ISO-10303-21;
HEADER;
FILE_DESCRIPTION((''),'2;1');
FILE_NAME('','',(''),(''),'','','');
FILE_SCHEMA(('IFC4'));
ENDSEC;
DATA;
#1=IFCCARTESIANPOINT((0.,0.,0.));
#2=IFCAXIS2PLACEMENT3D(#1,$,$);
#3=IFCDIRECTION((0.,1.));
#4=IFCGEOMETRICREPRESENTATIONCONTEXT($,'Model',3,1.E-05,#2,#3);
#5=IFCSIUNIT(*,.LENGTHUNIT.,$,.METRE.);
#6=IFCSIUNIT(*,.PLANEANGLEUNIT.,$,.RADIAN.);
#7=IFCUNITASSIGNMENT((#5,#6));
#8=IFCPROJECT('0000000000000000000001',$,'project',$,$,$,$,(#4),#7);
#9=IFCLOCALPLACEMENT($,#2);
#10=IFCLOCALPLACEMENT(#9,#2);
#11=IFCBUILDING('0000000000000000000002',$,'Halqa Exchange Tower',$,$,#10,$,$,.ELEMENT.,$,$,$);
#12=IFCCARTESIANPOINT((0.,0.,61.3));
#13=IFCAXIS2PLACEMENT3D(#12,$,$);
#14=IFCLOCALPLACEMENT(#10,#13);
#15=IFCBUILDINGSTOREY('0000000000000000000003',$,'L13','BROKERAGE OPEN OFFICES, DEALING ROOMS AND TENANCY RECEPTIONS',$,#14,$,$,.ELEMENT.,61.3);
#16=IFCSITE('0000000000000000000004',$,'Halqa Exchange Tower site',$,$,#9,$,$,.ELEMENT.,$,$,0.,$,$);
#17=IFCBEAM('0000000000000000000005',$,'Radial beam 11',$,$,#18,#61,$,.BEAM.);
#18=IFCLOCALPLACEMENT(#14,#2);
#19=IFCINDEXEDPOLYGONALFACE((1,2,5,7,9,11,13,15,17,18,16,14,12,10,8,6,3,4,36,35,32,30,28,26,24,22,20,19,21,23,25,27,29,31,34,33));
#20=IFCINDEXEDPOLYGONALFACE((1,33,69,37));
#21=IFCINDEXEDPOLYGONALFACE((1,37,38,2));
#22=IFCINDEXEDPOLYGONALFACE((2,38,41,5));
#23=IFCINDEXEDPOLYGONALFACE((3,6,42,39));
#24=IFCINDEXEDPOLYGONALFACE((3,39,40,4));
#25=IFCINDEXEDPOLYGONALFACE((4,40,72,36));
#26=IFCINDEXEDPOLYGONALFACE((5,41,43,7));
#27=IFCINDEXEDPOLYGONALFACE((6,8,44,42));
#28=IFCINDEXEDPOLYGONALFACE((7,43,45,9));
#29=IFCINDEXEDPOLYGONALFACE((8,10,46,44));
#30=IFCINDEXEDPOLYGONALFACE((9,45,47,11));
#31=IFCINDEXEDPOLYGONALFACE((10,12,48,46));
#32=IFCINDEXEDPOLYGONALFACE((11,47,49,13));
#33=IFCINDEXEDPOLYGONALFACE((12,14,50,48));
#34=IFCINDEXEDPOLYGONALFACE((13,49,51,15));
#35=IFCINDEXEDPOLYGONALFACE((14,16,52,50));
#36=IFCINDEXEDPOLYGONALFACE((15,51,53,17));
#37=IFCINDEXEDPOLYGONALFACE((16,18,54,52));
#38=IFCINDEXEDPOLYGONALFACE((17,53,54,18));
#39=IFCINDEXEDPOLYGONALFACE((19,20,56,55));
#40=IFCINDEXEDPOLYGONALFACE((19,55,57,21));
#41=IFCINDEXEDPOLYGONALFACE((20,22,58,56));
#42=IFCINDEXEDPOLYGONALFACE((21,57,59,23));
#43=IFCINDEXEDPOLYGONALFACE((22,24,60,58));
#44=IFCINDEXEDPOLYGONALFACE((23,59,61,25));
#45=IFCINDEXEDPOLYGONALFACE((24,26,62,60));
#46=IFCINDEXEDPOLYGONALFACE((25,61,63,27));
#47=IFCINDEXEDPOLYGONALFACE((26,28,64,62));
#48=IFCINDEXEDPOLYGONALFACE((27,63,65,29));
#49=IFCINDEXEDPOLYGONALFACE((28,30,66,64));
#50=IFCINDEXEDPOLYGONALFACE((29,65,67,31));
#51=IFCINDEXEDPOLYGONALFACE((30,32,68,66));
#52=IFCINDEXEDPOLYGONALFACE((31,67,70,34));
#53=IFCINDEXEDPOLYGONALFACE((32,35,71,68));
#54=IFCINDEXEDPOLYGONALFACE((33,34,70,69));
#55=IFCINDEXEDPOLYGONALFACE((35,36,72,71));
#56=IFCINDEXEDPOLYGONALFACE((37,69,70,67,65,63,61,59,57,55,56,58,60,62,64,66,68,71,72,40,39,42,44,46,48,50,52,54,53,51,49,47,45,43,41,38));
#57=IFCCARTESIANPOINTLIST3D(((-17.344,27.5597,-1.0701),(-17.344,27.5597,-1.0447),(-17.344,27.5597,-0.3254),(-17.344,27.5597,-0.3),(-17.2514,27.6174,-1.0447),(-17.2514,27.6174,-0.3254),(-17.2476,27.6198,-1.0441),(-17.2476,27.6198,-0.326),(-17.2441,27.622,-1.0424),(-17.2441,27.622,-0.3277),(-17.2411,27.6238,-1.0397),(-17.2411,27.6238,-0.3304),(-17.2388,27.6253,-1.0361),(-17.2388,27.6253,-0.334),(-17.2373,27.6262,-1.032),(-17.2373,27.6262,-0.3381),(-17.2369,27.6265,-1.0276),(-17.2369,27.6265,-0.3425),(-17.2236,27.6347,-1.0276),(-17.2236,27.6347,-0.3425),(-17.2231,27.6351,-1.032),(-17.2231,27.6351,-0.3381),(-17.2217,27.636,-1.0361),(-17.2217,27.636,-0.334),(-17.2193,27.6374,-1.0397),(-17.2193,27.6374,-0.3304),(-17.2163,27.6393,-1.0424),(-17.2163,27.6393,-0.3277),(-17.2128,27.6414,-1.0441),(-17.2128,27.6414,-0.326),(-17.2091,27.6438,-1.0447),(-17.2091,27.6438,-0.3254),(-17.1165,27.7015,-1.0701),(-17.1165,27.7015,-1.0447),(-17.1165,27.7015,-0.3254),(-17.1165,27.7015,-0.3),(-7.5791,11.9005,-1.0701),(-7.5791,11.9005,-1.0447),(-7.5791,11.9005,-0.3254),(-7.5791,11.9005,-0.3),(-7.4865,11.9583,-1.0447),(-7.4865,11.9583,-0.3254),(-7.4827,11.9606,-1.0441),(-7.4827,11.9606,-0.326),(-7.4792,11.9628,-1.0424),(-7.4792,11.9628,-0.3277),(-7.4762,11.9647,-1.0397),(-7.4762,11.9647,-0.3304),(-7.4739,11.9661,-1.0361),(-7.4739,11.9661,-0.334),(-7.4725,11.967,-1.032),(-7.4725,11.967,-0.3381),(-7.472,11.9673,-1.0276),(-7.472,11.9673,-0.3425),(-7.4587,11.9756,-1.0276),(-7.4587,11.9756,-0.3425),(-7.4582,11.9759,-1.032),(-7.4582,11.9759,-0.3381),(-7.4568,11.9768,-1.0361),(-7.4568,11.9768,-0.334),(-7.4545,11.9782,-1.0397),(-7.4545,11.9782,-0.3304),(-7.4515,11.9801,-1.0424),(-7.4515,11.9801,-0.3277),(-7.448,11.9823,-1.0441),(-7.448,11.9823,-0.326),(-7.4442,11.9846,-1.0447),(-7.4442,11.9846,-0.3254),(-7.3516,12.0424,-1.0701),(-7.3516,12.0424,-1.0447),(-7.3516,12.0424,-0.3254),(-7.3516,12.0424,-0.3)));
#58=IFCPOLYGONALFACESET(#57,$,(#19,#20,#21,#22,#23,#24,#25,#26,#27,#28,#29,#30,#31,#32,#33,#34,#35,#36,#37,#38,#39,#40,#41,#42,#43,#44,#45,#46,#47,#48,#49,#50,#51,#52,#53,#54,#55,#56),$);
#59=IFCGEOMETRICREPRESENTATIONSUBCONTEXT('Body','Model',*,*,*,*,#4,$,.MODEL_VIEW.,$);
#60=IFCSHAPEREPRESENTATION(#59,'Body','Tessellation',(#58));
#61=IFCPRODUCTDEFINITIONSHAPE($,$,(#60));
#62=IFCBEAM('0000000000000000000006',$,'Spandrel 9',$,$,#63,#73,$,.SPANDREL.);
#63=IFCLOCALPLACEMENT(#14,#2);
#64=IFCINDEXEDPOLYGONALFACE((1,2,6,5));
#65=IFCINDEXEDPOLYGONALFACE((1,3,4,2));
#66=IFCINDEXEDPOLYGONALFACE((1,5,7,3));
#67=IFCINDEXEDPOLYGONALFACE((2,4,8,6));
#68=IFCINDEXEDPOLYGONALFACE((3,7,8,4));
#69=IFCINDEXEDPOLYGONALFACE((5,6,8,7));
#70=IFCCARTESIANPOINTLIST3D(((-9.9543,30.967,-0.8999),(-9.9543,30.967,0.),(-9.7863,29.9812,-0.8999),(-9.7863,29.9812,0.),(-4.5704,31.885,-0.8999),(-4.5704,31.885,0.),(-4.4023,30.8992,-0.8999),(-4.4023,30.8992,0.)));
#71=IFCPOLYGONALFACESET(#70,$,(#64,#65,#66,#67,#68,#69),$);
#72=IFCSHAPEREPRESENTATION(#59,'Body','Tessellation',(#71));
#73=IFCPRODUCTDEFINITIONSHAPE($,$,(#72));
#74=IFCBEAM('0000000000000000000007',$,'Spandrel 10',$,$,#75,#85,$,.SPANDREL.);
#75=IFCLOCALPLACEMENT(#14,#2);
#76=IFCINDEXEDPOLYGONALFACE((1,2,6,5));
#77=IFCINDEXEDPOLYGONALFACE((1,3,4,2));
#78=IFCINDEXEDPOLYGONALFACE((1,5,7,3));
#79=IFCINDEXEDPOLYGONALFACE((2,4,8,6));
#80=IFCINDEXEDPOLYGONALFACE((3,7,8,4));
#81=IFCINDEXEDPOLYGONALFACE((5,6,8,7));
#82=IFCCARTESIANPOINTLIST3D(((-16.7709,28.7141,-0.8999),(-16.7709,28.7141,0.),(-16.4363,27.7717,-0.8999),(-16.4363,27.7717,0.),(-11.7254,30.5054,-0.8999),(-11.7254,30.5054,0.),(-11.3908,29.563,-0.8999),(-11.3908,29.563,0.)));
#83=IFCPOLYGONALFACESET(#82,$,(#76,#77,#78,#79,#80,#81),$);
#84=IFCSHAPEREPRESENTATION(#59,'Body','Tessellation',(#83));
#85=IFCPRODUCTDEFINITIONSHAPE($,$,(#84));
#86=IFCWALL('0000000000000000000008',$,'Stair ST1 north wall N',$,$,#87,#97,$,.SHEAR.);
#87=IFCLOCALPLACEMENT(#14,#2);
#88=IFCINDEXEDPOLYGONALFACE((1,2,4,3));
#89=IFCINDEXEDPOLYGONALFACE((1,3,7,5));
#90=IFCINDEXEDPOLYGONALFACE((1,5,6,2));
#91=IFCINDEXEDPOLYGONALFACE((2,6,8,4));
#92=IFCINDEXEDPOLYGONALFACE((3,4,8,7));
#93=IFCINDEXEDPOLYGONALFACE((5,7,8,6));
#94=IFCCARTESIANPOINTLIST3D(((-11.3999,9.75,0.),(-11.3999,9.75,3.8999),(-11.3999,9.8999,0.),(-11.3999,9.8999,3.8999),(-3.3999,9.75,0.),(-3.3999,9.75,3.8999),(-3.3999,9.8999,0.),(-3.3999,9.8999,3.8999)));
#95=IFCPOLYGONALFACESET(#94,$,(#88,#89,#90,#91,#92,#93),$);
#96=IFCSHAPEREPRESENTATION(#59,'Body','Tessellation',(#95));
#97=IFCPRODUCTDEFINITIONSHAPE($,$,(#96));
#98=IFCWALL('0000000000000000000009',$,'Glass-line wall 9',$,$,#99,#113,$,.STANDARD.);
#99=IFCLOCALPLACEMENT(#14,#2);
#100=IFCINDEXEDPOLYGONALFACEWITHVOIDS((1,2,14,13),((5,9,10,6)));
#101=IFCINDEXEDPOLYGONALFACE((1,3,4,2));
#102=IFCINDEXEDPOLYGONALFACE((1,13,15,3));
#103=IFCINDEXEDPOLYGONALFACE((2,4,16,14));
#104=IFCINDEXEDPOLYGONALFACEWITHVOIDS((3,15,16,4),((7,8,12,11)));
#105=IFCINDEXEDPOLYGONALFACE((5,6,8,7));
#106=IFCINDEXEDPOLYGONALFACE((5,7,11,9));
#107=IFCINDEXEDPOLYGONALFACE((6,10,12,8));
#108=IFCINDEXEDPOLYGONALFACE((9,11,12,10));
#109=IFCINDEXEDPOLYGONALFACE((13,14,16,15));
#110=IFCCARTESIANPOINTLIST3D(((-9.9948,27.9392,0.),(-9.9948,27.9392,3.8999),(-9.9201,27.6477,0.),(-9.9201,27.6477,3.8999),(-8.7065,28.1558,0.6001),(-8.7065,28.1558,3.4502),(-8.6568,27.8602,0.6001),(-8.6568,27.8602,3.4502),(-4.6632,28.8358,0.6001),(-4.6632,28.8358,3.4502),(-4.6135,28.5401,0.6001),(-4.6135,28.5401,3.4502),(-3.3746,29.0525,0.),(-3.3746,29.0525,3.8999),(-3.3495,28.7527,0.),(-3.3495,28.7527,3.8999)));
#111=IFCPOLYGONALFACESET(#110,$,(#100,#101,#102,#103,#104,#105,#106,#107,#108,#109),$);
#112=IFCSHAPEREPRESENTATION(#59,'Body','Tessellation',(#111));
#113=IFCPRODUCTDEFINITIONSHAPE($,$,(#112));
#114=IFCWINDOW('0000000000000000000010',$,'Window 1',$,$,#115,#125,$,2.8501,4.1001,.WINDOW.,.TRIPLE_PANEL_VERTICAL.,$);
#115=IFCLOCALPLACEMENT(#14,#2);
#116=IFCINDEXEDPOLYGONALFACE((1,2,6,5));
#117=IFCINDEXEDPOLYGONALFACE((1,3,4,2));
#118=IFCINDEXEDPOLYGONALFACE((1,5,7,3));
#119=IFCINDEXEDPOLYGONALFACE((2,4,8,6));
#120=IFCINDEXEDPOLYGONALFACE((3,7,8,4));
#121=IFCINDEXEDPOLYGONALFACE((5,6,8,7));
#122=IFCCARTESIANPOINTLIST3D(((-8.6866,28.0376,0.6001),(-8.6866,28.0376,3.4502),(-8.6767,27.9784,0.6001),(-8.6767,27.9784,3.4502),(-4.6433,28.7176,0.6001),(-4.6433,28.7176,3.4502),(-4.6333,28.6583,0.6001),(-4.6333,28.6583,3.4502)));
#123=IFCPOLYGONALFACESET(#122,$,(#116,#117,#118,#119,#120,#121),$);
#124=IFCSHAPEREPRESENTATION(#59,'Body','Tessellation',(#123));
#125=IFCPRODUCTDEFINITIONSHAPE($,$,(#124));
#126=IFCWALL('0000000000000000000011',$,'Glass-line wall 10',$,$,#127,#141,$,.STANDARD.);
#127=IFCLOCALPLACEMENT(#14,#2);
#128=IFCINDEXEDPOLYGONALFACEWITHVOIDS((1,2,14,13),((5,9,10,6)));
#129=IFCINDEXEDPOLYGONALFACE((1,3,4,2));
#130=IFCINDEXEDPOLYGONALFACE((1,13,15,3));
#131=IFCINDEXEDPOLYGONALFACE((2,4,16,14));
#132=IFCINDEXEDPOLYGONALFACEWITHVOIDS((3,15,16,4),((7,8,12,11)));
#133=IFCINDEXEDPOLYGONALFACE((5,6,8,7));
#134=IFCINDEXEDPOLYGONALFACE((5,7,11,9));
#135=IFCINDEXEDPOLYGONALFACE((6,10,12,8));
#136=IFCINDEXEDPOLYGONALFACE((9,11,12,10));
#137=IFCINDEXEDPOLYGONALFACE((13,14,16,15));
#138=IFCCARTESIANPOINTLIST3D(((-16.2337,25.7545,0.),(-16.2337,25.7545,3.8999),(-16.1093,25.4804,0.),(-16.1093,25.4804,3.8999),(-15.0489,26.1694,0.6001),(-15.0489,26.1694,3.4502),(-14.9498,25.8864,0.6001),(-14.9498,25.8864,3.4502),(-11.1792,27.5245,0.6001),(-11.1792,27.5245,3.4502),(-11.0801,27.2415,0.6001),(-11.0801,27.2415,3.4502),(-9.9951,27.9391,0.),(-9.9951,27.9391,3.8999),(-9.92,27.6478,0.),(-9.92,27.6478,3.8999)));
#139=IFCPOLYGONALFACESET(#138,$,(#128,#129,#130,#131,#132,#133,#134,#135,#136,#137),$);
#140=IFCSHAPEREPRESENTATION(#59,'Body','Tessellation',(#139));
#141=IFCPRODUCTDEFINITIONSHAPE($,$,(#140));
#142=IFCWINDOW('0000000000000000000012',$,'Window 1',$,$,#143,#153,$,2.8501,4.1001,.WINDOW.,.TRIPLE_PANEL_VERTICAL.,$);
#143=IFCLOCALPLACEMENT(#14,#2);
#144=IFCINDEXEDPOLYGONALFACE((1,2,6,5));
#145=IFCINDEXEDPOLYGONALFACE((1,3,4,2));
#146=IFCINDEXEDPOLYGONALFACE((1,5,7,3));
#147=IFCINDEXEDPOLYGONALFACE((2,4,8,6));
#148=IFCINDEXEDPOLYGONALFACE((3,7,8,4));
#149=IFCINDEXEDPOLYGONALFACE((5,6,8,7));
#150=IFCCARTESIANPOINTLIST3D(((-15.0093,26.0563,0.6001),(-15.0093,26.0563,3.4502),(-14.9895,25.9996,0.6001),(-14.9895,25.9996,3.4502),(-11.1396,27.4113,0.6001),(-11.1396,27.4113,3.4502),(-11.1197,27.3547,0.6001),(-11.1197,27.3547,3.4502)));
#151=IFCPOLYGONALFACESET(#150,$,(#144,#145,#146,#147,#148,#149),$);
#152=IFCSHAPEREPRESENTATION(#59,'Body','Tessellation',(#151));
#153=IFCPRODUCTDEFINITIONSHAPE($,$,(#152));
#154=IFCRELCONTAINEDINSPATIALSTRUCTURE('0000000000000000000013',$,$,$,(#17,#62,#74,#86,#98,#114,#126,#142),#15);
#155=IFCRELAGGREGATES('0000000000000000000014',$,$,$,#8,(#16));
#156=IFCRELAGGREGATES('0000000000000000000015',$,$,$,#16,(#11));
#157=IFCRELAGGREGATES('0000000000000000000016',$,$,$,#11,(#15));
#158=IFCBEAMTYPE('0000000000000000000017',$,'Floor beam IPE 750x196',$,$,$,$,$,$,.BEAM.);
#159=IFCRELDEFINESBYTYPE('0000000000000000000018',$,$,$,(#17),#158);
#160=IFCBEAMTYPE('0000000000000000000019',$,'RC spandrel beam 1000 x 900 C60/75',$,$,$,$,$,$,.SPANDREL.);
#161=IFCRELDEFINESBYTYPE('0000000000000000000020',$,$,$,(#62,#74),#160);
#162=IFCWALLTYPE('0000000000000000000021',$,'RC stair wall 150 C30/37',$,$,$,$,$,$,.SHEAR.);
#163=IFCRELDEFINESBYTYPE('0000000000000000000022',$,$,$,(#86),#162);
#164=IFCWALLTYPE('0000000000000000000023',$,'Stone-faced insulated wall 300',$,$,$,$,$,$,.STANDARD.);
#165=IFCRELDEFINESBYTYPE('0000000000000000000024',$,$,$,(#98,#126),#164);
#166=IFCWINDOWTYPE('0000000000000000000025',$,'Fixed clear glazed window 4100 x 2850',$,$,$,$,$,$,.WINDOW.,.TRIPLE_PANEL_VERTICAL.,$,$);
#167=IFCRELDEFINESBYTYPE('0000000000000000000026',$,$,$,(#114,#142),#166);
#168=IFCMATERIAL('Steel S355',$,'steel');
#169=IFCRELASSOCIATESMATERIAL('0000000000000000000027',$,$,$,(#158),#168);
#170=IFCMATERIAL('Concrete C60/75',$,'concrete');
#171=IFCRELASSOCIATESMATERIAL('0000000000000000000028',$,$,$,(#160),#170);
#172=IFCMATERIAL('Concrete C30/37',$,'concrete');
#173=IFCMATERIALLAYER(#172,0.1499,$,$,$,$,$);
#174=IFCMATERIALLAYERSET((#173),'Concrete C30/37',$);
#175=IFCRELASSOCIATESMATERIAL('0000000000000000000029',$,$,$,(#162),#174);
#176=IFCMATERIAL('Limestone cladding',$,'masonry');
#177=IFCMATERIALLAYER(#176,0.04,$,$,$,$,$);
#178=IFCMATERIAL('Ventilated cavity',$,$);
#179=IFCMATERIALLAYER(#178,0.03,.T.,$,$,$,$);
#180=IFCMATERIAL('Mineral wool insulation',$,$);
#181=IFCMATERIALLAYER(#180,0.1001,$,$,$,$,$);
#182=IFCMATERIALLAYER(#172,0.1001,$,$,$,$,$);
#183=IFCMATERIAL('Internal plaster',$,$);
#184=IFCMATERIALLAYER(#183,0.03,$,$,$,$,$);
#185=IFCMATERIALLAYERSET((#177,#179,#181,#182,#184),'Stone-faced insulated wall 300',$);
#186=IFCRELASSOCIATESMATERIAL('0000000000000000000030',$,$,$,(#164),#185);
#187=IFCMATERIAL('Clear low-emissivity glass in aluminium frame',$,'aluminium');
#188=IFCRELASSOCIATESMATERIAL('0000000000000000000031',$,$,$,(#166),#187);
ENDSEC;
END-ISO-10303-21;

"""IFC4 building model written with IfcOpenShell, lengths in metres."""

from ifc_helpers import new_model, si_unit, direction, frame, frame_2d, origin, origin_2d, place, context, subcontext, project, spatial, polyline, rectangle, i_section, outline, extrude, material, layer, layer_set, material_profile, profile_set, type_object, element, fill, save


model = new_model("IFC4")

# Units and contexts
model_context = context("Model", 3, precision=1e-05, world=origin(), true_north=direction((0.0, 1.0)))
body_context = subcontext(model_context, "Body", "Model", "MODEL_VIEW")
ifc_project = project(units=[si_unit("LENGTHUNIT", "METRE"), si_unit("PLANEANGLEUNIT", "RADIAN")], contexts=[model_context])

# Site, building, storey
site_placement = place(None, origin())
site = spatial("IfcSite", under=ifc_project, at=site_placement, Name="Halqa Exchange Tower site", CompositionType="ELEMENT", RefElevation=0.0)
building_placement = place(site_placement, origin())
building = spatial("IfcBuilding", under=site, at=building_placement, Name="Halqa Exchange Tower", CompositionType="ELEMENT")
storey_placement = place(building_placement, frame((0.0, 0.0, 61.3)))
storey = spatial("IfcBuildingStorey", under=building, at=storey_placement, Name="L13", Description="BROKERAGE OPEN OFFICES, DEALING ROOMS AND TENANCY RECEPTIONS", CompositionType="ELEMENT", Elevation=61.3)

# Beams
ifc_material_1 = material(Name="Steel S355", Category="steel")
ifc_material_profile_1 = material_profile(ifc_material_1, i_section(OverallWidth=0.2681, OverallDepth=0.77, WebThickness=0.0156, FlangeThickness=0.0254, FilletRadius=0.0171, at=origin_2d()), Name="IPE 750x196")
ifc_profile_set_1 = profile_set([ifc_material_profile_1], Name="Steel S355")
beam_type_1 = type_object("IfcBeamType", Name="Floor beam IPE 750x196", PredefinedType="BEAM", material=ifc_profile_set_1)
beam_1_placement = place(storey_placement, frame((-7.4653, 11.9714, -0.6851), z_axis=(-0.529138, 0.848536, 0.0), x_axis=(-0.848536, -0.529138, 0.0)))
element("IfcBeam", 1, at=beam_1_placement, inside=storey, type_object=beam_type_1, Name="Radial beam 11", PredefinedType="BEAM", context=body_context, shape_type="SweptSolid", body=[
    extrude(i_section(OverallWidth=0.2681, OverallDepth=0.77, WebThickness=0.0156, FlangeThickness=0.0254, FilletRadius=0.0171, at=origin_2d()), origin(), (0.0, 0.0, 1.0), 18.4543),
])
ifc_material_2 = material(Name="Concrete C60/75", Category="concrete")
ifc_material_profile_2 = material_profile(ifc_material_2, rectangle(XDim=1.0, YDim=0.8999, at=origin_2d()), Name="1000 x 900")
ifc_profile_set_2 = profile_set([ifc_material_profile_2], Name="Concrete C60/75")
beam_type_2 = type_object("IfcBeamType", Name="RC spandrel beam 1000 x 900 C60/75", PredefinedType="SPANDREL", material=ifc_profile_set_2)
beam_2_placement = place(storey_placement, frame((-4.4863, 31.3921, -0.45), z_axis=(-0.985775, -0.168073, 0.0), x_axis=(0.168073, -0.985775, 0.0)))
element("IfcBeam", 2, at=beam_2_placement, inside=storey, type_object=beam_type_2, Name="Spandrel 9", PredefinedType="SPANDREL", context=body_context, shape_type="SweptSolid", body=[
    extrude(rectangle(XDim=1.0, YDim=0.8999, at=origin_2d()), origin(), (0.0, 0.0, 1.0), 5.4617),
])
beam_3_placement = place(storey_placement, frame((-11.5581, 30.0342, -0.45), z_axis=(-0.942372, -0.334568, 0.0), x_axis=(0.334568, -0.942372, 0.0)))
element("IfcBeam", 3, at=beam_3_placement, inside=storey, type_object=beam_type_2, Name="Spandrel 10", PredefinedType="SPANDREL", context=body_context, shape_type="SweptSolid", body=[
    extrude(rectangle(XDim=1.0, YDim=0.8999, at=origin_2d()), origin(), (0.0, 0.0, 1.0), 5.354),
])

# Wall
ifc_material_3 = material(Name="Concrete C30/37", Category="concrete")
ifc_layer_1 = layer(ifc_material_3, 0.1499)
ifc_layer_set_1 = layer_set([ifc_layer_1], Name="Concrete C30/37")
wall_type_1 = type_object("IfcWallType", Name="RC stair wall 150 C30/37", PredefinedType="SHEAR", material=ifc_layer_set_1)
wall_1_placement = place(storey_placement, frame((-11.3999, 9.825, 0.0), z_axis=(0.0, 0.0, 1.0), x_axis=(1.0, 0.0, 0.0)))
element("IfcWall", 4, at=wall_1_placement, inside=storey, type_object=wall_type_1, Name="Stair ST1 north wall N", PredefinedType="SHEAR", context=body_context, shape_type="SweptSolid", body=[
    extrude(rectangle(XDim=8.0, YDim=0.1499, at=frame_2d((4.0, 0.0))), origin(), (0.0, 0.0, 1.0), 3.8999),
])

# Walls, openings, windows
ifc_material_4 = material(Name="Limestone cladding", Category="masonry")
ifc_layer_2 = layer(ifc_material_4, 0.04)
ifc_material_5 = material(Name="Ventilated cavity")
ifc_layer_3 = layer(ifc_material_5, 0.03, ventilated=True)
ifc_material_6 = material(Name="Mineral wool insulation")
ifc_layer_4 = layer(ifc_material_6, 0.1001)
ifc_layer_5 = layer(ifc_material_3, 0.1001)
ifc_material_7 = material(Name="Internal plaster")
ifc_layer_6 = layer(ifc_material_7, 0.03)
ifc_layer_set_2 = layer_set([ifc_layer_2, ifc_layer_3, ifc_layer_4, ifc_layer_5, ifc_layer_6], Name="Stone-faced insulated wall 300")
wall_type_2 = type_object("IfcWallType", Name="Stone-faced insulated wall 300", PredefinedType="STANDARD", material=ifc_layer_set_2)
wall_2_placement = place(storey_placement, frame((-3.3621, 28.9026, 0.0), z_axis=(0.0, 0.0, 1.0), x_axis=(-0.986153, -0.165837, 0.0)))
wall_2 = element("IfcWall", 5, at=wall_2_placement, inside=storey, type_object=wall_type_2, Name="Glass-line wall 9", PredefinedType="STANDARD", context=body_context, shape_type="SweptSolid", body=[
    extrude(outline(polyline([(-0.0125, -0.1499), (6.7007, -0.1499), (6.6753, 0.1499), (0.0125, 0.1499), (-0.0125, -0.1499)])), origin(), (0.0, 0.0, 1.0), 3.8999),
])
opening_1_placement = place(wall_2_placement, frame((1.2942, 0.0, 0.6001)))
opening_1 = element("IfcOpeningElement", 6, at=opening_1_placement, cuts=wall_2, PredefinedType="OPENING", context=body_context, shape_type="SweptSolid", body=[
    extrude(rectangle(XDim=4.1001, YDim=2.8501, at=frame_2d((2.05, 1.425))), frame((0.0, 0.1621, 0.0), z_axis=(0.0, -1.0, 0.0), x_axis=(1.0, 0.0, 0.0)), (0.0, 0.0, 1.0), 0.324),
])
ifc_material_8 = material(Name="Clear low-emissivity glass in aluminium frame", Category="aluminium")
window_type = type_object("IfcWindowType", Name="Fixed clear glazed window 4100 x 2850", PartitioningType="TRIPLE_PANEL_VERTICAL", PredefinedType="WINDOW", material=ifc_material_8)
window_1_placement = place(opening_1_placement, origin())
window_1 = element("IfcWindow", 7, at=window_1_placement, inside=storey, type_object=window_type, Name="Window 1", OverallHeight=2.8501, OverallWidth=4.1001, PartitioningType="TRIPLE_PANEL_VERTICAL", PredefinedType="WINDOW", context=body_context, shape_type="SweptSolid", body=[
    extrude(rectangle(XDim=4.1001, YDim=2.8501, at=frame_2d((2.05, 1.425))), frame((0.0, 0.03, 0.0), z_axis=(0.0, -1.0, 0.0), x_axis=(1.0, 0.0, 0.0)), (0.0, 0.0, 1.0), 0.0601),
])
fill(opening_1, window_1)
wall_3_placement = place(storey_placement, frame((-9.9575, 27.7935, 0.0), z_axis=(0.0, 0.0, 1.0), x_axis=(-0.943807, -0.330497, 0.0)))
wall_3 = element("IfcWall", 8, at=wall_3_placement, inside=storey, type_object=wall_type_2, Name="Glass-line wall 10", PredefinedType="STANDARD", context=body_context, shape_type="SweptSolid", body=[
    extrude(outline(polyline([(-0.0127, -0.1499), (6.5974, -0.1499), (6.5706, 0.1499), (0.0127, 0.1499), (-0.0127, -0.1499)])), origin(), (0.0, 0.0, 1.0), 3.8999),
])
opening_2_placement = place(wall_3_placement, frame((1.2419, 0.0, 0.6001)))
opening_2 = element("IfcOpeningElement", 9, at=opening_2_placement, cuts=wall_3, PredefinedType="OPENING", context=body_context, shape_type="SweptSolid", body=[
    extrude(rectangle(XDim=4.1001, YDim=2.8501, at=frame_2d((2.05, 1.425))), frame((0.0, 0.1621, 0.0), z_axis=(0.0, -1.0, 0.0), x_axis=(1.0, 0.0, 0.0)), (0.0, 0.0, 1.0), 0.324),
])
window_2_placement = place(opening_2_placement, origin())
window_2 = element("IfcWindow", 10, at=window_2_placement, inside=storey, type_object=window_type, Name="Window 1", OverallHeight=2.8501, OverallWidth=4.1001, PartitioningType="TRIPLE_PANEL_VERTICAL", PredefinedType="WINDOW", context=body_context, shape_type="SweptSolid", body=[
    extrude(rectangle(XDim=4.1001, YDim=2.8501, at=frame_2d((2.05, 1.425))), frame((0.0, 0.03, 0.0), z_axis=(0.0, -1.0, 0.0), x_axis=(1.0, 0.0, 0.0)), (0.0, 0.0, 1.0), 0.0601),
])
fill(opening_2, window_2)

save(model, "model.ifc")
